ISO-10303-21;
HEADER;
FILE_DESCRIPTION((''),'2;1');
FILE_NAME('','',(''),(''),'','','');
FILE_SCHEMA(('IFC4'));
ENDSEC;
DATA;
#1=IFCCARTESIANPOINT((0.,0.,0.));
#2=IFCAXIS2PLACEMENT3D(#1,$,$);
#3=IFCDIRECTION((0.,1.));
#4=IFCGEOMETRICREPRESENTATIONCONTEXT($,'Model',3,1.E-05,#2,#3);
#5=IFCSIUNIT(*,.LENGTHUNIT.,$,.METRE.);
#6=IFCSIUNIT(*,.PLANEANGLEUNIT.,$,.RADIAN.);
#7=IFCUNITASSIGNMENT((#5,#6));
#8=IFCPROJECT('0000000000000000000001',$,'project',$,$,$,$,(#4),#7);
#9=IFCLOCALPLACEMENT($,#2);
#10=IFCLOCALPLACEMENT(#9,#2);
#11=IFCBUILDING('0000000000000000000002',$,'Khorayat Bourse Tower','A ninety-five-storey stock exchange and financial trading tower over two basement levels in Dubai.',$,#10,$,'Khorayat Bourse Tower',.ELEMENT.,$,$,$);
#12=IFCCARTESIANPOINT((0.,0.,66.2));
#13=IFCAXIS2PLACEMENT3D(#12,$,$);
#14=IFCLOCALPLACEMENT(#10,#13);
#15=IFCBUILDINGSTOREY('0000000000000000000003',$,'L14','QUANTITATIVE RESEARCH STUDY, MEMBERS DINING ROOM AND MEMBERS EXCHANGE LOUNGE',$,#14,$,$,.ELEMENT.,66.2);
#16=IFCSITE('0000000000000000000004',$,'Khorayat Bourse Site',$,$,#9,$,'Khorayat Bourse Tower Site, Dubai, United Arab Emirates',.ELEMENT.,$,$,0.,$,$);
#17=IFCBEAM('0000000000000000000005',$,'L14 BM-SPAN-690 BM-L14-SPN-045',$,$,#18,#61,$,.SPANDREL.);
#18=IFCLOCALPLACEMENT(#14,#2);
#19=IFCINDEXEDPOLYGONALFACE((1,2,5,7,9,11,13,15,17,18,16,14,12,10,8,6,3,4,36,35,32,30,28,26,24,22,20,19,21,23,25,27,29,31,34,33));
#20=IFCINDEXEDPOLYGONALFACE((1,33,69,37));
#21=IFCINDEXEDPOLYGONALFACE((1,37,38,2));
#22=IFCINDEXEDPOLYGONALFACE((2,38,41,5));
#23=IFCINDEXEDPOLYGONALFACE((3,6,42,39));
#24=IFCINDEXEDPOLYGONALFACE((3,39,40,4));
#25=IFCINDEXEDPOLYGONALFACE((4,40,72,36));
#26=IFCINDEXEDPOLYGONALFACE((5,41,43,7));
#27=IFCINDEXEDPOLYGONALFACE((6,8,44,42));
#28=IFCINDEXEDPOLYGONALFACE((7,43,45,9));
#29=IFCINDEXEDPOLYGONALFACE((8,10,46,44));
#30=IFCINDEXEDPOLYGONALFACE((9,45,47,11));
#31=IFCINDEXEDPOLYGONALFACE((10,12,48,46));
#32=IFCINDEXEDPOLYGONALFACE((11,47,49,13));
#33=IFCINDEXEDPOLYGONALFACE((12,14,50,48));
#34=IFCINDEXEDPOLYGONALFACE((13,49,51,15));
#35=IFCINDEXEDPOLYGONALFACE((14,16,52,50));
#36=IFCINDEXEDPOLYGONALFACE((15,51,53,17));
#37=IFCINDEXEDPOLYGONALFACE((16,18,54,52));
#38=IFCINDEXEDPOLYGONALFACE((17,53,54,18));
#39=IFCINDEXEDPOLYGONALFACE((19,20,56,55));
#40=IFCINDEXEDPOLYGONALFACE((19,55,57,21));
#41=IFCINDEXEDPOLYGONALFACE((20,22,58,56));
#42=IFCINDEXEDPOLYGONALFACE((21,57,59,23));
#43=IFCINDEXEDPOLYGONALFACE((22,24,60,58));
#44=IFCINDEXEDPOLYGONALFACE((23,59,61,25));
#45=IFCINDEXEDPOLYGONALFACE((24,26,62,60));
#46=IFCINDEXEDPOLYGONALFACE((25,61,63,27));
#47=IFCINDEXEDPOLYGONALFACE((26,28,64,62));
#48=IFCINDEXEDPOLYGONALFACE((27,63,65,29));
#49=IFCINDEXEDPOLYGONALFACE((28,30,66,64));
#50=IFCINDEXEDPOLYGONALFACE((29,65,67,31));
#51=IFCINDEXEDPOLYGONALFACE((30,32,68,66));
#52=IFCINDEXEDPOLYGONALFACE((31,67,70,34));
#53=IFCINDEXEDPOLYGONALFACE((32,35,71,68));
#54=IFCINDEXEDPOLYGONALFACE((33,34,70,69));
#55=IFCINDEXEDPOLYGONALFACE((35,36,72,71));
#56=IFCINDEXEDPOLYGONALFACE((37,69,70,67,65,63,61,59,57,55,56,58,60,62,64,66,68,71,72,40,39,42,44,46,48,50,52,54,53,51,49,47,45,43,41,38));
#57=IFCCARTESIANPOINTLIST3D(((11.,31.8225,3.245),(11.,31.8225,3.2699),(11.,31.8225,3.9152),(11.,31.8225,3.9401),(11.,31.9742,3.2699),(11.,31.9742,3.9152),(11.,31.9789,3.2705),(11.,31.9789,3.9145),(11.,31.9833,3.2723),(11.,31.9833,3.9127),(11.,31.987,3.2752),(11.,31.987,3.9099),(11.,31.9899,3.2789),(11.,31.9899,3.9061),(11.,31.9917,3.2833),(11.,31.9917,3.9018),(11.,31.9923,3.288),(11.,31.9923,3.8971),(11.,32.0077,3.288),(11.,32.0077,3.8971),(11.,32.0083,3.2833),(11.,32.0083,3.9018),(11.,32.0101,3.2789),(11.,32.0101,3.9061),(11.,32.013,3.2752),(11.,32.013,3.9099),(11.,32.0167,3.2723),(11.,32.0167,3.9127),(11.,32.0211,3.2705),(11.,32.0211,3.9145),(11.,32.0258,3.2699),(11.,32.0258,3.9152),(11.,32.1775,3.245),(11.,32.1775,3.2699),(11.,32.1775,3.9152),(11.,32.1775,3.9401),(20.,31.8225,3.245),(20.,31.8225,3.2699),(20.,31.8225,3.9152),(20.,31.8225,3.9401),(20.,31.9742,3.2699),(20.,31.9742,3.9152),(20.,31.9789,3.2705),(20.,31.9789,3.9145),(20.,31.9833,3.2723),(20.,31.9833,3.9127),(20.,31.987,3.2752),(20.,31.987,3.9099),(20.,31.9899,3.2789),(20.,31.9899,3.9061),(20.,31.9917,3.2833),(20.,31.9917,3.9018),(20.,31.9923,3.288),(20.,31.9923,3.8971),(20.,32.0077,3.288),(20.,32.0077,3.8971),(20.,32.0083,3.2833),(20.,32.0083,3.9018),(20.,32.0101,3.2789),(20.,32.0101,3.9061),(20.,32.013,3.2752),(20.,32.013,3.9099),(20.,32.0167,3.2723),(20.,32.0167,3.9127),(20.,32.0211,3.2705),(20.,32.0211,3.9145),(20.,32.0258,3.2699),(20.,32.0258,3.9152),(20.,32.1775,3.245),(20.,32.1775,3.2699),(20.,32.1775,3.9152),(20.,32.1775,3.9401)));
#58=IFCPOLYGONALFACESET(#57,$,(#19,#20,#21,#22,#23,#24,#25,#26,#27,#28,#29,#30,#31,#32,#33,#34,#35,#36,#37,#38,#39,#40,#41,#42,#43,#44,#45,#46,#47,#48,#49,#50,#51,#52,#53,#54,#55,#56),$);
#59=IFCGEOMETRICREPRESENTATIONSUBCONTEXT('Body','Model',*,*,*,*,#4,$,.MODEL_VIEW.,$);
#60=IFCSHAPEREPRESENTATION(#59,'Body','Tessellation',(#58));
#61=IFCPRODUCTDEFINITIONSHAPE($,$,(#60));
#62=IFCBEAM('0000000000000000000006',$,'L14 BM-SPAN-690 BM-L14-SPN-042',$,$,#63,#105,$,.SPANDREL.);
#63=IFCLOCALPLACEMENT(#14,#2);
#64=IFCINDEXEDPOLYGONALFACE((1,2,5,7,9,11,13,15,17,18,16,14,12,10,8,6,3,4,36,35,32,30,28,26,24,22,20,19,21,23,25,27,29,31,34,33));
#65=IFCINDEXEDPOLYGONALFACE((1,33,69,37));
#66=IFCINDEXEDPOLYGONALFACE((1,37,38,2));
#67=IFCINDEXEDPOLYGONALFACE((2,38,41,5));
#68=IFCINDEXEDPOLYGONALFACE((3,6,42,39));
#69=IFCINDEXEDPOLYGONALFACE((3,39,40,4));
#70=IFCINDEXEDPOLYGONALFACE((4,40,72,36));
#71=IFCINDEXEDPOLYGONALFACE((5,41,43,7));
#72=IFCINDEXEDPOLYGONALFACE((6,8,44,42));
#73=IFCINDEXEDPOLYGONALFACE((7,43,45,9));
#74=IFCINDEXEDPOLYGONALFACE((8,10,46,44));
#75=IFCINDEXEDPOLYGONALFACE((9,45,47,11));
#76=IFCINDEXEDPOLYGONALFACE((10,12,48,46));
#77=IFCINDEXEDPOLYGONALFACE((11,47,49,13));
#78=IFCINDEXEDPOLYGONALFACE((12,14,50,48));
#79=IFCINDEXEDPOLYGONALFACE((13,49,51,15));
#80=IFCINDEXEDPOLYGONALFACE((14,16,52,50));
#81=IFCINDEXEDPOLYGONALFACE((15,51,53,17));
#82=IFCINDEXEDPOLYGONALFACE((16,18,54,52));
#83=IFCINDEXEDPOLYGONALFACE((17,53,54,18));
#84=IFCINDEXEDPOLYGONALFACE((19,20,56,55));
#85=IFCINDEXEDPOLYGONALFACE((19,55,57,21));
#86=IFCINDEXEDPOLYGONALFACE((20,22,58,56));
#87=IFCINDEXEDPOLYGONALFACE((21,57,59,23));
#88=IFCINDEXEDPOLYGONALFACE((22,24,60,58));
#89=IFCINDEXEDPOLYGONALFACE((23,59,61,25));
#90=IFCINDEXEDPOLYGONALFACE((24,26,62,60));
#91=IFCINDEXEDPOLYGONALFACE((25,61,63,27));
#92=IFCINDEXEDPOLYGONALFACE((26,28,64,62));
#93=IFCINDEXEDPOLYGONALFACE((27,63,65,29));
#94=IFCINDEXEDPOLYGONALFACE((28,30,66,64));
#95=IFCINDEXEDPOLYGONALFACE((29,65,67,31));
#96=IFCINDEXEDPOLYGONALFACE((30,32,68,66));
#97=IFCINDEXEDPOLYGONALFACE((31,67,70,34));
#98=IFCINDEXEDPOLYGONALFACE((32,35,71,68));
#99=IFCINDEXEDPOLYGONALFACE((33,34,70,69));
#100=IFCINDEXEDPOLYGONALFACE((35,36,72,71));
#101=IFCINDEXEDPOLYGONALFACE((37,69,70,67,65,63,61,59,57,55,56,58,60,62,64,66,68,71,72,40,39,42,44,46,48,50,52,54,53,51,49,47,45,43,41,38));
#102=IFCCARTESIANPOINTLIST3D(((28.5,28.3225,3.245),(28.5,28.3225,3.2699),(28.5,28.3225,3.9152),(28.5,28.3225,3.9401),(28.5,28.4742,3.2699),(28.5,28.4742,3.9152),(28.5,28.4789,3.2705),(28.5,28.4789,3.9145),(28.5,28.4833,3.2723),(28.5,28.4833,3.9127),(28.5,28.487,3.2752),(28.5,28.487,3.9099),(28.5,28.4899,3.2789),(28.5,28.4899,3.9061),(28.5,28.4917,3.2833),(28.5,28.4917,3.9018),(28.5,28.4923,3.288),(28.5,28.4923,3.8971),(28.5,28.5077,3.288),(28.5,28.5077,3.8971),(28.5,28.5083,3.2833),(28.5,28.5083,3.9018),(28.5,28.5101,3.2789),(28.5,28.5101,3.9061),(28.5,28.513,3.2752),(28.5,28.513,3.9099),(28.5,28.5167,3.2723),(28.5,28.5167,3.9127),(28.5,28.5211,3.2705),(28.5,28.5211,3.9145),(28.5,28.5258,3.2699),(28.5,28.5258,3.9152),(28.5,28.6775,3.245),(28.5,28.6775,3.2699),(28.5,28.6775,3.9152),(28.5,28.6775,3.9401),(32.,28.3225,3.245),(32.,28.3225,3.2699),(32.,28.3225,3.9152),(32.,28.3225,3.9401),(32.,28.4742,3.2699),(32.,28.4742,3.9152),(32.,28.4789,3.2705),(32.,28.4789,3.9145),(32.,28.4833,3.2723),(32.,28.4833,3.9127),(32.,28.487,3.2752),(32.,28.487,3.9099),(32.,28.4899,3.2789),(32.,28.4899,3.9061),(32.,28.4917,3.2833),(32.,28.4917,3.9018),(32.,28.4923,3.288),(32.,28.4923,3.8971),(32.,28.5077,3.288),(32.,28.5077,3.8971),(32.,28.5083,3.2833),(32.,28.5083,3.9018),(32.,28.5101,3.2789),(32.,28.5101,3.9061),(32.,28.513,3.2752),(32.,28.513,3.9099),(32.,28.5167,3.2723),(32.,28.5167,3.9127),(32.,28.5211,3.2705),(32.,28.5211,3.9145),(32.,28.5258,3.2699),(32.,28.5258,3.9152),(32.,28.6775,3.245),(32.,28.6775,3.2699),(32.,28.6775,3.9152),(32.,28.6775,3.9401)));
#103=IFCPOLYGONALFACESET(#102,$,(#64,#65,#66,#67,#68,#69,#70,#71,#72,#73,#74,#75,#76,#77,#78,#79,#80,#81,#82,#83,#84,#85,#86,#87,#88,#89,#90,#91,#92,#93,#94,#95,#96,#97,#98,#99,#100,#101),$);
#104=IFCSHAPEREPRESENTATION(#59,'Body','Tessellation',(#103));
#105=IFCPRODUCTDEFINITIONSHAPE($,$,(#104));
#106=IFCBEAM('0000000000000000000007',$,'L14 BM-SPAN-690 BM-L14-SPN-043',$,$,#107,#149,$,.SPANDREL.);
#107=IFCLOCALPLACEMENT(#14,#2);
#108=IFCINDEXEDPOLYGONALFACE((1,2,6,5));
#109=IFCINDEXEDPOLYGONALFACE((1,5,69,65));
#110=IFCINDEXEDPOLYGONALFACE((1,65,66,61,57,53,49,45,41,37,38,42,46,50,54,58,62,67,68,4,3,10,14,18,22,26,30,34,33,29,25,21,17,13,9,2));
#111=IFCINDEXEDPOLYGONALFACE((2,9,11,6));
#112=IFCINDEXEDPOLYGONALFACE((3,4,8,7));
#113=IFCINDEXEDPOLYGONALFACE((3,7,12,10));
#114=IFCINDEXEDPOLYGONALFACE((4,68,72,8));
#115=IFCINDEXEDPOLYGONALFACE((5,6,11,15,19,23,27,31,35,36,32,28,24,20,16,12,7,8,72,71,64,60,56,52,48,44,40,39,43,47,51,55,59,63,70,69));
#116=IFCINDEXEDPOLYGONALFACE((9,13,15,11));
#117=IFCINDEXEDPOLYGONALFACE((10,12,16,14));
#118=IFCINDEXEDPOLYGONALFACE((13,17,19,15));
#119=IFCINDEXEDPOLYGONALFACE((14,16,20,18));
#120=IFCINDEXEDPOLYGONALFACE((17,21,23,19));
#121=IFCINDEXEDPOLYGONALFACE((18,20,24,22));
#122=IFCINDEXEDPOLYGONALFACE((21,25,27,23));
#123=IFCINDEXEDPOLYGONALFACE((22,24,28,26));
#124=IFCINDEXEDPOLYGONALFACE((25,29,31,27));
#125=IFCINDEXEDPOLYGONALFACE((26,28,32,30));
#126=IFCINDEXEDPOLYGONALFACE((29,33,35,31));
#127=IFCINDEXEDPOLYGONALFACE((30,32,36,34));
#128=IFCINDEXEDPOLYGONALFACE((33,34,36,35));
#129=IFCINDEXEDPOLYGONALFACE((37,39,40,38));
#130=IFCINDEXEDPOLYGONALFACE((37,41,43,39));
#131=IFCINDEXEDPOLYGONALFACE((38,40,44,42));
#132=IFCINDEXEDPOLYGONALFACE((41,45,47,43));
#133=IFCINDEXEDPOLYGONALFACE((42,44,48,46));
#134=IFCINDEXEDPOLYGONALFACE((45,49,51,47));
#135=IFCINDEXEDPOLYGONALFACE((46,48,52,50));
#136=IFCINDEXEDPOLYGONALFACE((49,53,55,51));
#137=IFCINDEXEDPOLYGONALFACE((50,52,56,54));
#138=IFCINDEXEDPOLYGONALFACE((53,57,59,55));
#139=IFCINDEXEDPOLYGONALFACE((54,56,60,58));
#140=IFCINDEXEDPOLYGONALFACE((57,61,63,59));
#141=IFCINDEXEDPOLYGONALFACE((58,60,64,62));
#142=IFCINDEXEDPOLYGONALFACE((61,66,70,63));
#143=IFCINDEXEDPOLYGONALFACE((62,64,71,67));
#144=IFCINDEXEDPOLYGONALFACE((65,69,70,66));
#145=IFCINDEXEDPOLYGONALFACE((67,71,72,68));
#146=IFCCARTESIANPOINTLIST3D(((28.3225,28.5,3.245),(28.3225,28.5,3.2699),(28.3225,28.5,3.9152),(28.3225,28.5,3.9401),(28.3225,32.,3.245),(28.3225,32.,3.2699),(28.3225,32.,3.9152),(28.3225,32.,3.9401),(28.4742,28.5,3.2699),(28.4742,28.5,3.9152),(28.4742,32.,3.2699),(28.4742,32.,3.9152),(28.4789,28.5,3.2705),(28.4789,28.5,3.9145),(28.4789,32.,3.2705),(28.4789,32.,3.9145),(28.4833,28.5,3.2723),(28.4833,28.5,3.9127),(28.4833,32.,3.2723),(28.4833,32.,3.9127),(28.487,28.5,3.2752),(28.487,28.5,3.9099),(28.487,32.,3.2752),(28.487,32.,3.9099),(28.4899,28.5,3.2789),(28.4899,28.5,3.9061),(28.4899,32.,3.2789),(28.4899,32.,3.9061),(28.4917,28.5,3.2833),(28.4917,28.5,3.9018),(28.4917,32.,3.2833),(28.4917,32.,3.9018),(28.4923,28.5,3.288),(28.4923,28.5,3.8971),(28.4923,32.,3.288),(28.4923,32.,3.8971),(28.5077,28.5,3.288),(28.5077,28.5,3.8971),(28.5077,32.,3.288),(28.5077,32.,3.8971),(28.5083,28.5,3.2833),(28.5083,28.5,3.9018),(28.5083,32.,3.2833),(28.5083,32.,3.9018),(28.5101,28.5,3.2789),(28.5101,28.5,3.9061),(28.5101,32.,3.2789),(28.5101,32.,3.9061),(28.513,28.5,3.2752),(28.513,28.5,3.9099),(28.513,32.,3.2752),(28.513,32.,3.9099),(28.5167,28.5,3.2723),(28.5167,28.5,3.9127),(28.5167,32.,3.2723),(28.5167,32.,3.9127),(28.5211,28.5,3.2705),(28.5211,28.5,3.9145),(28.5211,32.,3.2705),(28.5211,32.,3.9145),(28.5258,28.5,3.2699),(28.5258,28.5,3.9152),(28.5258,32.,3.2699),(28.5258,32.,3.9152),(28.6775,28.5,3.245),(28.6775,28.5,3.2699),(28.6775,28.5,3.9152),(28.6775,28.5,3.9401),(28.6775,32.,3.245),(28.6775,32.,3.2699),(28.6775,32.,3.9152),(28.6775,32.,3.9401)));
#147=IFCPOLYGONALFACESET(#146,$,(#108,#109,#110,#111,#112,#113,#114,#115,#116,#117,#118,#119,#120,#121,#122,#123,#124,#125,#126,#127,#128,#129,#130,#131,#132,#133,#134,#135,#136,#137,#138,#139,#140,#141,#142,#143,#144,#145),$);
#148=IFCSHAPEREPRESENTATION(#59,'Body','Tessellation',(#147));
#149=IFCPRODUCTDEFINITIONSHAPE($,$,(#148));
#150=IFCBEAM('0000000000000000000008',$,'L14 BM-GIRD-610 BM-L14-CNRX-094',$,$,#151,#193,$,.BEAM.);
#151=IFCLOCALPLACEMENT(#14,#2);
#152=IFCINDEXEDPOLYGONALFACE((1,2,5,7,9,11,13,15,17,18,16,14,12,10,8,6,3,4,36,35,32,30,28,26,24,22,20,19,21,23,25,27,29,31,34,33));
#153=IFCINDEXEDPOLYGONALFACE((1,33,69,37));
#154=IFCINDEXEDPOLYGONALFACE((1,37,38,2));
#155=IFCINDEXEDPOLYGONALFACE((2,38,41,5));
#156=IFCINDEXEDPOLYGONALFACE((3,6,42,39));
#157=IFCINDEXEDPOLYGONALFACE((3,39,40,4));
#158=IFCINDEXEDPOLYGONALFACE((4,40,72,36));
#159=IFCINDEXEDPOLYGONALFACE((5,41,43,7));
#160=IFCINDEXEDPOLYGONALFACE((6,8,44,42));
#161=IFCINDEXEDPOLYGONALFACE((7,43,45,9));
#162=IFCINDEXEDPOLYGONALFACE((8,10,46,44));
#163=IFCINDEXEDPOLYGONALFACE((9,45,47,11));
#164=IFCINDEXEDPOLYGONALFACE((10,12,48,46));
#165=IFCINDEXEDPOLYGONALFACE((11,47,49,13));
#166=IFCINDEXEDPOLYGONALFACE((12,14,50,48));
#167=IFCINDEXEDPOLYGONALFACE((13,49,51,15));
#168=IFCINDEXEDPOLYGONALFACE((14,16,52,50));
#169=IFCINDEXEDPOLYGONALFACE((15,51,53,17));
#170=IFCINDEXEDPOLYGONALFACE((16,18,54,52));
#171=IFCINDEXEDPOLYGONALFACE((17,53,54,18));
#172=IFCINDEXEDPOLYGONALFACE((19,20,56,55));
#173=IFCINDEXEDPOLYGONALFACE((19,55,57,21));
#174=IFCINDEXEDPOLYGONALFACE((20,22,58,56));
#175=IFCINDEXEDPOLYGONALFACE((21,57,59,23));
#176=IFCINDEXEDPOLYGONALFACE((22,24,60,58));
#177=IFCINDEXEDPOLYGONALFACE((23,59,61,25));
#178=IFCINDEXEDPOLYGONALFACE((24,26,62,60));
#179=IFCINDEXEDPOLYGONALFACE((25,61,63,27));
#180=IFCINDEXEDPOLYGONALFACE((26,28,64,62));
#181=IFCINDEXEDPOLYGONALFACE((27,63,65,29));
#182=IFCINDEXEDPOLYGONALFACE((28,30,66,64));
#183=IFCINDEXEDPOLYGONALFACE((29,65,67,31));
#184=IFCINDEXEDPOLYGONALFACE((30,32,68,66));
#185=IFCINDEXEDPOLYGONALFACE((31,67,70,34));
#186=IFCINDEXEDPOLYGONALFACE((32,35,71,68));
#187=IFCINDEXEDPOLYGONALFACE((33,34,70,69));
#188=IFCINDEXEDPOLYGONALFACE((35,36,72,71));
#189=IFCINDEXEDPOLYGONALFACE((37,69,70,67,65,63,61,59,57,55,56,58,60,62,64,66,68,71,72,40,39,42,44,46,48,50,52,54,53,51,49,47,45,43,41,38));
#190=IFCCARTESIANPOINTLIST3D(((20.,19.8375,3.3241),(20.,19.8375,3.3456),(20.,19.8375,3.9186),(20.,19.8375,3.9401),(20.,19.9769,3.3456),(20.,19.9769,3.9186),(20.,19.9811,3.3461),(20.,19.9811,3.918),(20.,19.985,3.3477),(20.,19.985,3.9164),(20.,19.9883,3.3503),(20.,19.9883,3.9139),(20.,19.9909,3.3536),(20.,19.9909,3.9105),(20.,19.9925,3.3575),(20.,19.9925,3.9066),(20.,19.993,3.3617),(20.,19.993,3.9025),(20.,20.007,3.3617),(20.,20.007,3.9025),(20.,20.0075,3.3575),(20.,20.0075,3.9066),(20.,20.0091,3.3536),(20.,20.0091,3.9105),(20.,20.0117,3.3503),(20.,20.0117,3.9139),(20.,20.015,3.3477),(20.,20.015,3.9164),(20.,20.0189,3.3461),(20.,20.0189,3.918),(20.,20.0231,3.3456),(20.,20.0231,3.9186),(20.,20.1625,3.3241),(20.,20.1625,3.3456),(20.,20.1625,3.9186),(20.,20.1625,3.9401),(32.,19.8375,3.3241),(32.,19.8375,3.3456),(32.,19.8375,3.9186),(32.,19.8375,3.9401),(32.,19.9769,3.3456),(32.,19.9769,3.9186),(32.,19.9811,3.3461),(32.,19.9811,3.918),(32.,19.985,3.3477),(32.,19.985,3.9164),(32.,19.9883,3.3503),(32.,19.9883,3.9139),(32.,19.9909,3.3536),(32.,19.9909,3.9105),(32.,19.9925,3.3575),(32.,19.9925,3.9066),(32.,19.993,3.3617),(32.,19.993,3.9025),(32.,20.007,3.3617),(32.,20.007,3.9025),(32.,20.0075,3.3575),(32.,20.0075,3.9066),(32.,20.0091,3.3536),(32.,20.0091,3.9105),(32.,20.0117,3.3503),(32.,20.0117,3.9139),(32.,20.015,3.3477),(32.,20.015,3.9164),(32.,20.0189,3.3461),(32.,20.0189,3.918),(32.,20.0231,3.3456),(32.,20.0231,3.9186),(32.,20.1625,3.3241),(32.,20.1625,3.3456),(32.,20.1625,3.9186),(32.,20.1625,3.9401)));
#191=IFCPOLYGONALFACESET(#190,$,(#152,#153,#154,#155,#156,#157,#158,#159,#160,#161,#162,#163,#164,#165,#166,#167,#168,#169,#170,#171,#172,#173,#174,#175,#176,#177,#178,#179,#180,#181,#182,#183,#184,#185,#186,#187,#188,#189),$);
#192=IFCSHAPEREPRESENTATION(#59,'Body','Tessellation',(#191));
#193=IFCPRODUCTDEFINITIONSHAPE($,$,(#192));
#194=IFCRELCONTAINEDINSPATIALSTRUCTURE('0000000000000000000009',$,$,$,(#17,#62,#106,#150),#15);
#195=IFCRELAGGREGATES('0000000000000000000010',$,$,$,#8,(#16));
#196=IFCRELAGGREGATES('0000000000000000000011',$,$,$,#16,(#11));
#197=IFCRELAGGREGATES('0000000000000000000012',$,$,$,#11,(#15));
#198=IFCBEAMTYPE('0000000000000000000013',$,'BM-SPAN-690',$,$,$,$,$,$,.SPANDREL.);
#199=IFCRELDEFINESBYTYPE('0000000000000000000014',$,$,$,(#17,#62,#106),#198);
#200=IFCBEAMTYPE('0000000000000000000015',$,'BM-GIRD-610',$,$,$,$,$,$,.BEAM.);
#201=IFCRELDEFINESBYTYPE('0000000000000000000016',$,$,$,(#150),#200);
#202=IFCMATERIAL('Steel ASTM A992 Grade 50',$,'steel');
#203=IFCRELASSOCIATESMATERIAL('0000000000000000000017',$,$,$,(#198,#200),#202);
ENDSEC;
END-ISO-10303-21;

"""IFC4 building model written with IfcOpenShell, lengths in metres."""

from ifc_helpers import new_model, si_unit, direction, frame, origin, origin_2d, place, context, subcontext, project, spatial, i_section, extrude, source, transform, mapped, material, material_profile, profile_set, type_object, element, save


model = new_model("IFC4")

# Units and contexts
model_context = context("Model", 3, precision=1e-05, world=origin(), true_north=direction((0.0, 1.0)))
body_context = subcontext(model_context, "Body", "Model", "MODEL_VIEW")
ifc_project = project(units=[si_unit("LENGTHUNIT", "METRE"), si_unit("PLANEANGLEUNIT", "RADIAN")], contexts=[model_context])

# Site, building, storey
site_placement = place(None, origin())
site = spatial("IfcSite", under=ifc_project, at=site_placement, Name="Khorayat Bourse Site", LongName="Khorayat Bourse Tower Site, Dubai, United Arab Emirates", CompositionType="ELEMENT", RefElevation=0.0)
building_placement = place(site_placement, origin())
building = spatial("IfcBuilding", under=site, at=building_placement, Name="Khorayat Bourse Tower", Description="A ninety-five-storey stock exchange and financial trading tower over two basement levels in Dubai.", LongName="Khorayat Bourse Tower", CompositionType="ELEMENT")
storey_placement = place(building_placement, frame((0.0, 0.0, 66.2)))
storey = spatial("IfcBuildingStorey", under=building, at=storey_placement, Name="L14", Description="QUANTITATIVE RESEARCH STUDY, MEMBERS DINING ROOM AND MEMBERS EXCHANGE LOUNGE", CompositionType="ELEMENT", Elevation=66.2)

# Beams
ifc_material_1 = material(Name="Steel ASTM A992 Grade 50", Category="steel")
ifc_material_profile_1 = material_profile(ifc_material_1, i_section(OverallWidth=0.355, OverallDepth=0.6951, WebThickness=0.0154, FlangeThickness=0.0249, FilletRadius=0.0181, at=origin_2d()), Name="W690X217")
ifc_profile_set_1 = profile_set([ifc_material_profile_1], Name="Steel ASTM A992 Grade 50")
beam_type_1 = type_object("IfcBeamType", Name="BM-SPAN-690", PredefinedType="SPANDREL", material=ifc_profile_set_1)
shared_shape_1 = source(origin(), body_context, "Body", "SweptSolid", [
    extrude(i_section(OverallWidth=0.355, OverallDepth=0.6951, WebThickness=0.0154, FlangeThickness=0.0249, FilletRadius=0.0181, at=origin_2d()), origin(), (0.0, 0.0, 1.0), 9.0),
])
beam_1_placement = place(storey_placement, frame((11.0, 32.0, 3.5925), z_axis=(1.0, 0.0, 0.0), x_axis=(0.0, 1.0, 0.0)))
element("IfcBeam", 1, at=beam_1_placement, inside=storey, type_object=beam_type_1, Name="L14 BM-SPAN-690 BM-L14-SPN-045", PredefinedType="SPANDREL", context=body_context, shape_type="MappedRepresentation", body=[
    mapped(shared_shape_1, transform((0.0, 0.0, 0.0), scale=1.0)),
])
shared_shape_2 = source(origin(), body_context, "Body", "SweptSolid", [
    extrude(i_section(OverallWidth=0.355, OverallDepth=0.6951, WebThickness=0.0154, FlangeThickness=0.0249, FilletRadius=0.0181, at=origin_2d()), origin(), (0.0, 0.0, 1.0), 3.5),
])
for number, where, z_axis, x_axis, name in (
    (2, (28.5, 28.5, 3.5925), (1.0, 0.0, 0.0), (0.0, 1.0, 0.0), "L14 BM-SPAN-690 BM-L14-SPN-042"),
    (3, (28.5, 28.5, 3.5925), (0.0, 1.0, 0.0), (-1.0, 0.0, 0.0), "L14 BM-SPAN-690 BM-L14-SPN-043"),
):
    element("IfcBeam", number, at=place(storey_placement, frame(where, z_axis=z_axis, x_axis=x_axis)), inside=storey, type_object=beam_type_1, Name=name, PredefinedType="SPANDREL", context=body_context, shape_type="MappedRepresentation", body=[
        mapped(shared_shape_2, transform((0.0, 0.0, 0.0), scale=1.0)),
    ])
ifc_material_profile_2 = material_profile(ifc_material_1, i_section(OverallWidth=0.325, OverallDepth=0.616, WebThickness=0.0139, FlangeThickness=0.0215, FilletRadius=0.0161, at=origin_2d()), Name="W610X174")
ifc_profile_set_2 = profile_set([ifc_material_profile_2], Name="Steel ASTM A992 Grade 50")
beam_type_2 = type_object("IfcBeamType", Name="BM-GIRD-610", PredefinedType="BEAM", material=ifc_profile_set_2)
shared_shape_3 = source(origin(), body_context, "Body", "SweptSolid", [
    extrude(i_section(OverallWidth=0.325, OverallDepth=0.616, WebThickness=0.0139, FlangeThickness=0.0215, FilletRadius=0.0161, at=origin_2d()), origin(), (0.0, 0.0, 1.0), 12.0),
])
beam_2_placement = place(storey_placement, frame((20.0, 20.0, 3.6321), z_axis=(1.0, 0.0, 0.0), x_axis=(0.0, 1.0, 0.0)))
element("IfcBeam", 4, at=beam_2_placement, inside=storey, type_object=beam_type_2, Name="L14 BM-GIRD-610 BM-L14-CNRX-094", PredefinedType="BEAM", context=body_context, shape_type="MappedRepresentation", body=[
    mapped(shared_shape_3, transform((0.0, 0.0, 0.0), scale=1.0)),
])

save(model, "model.ifc")
